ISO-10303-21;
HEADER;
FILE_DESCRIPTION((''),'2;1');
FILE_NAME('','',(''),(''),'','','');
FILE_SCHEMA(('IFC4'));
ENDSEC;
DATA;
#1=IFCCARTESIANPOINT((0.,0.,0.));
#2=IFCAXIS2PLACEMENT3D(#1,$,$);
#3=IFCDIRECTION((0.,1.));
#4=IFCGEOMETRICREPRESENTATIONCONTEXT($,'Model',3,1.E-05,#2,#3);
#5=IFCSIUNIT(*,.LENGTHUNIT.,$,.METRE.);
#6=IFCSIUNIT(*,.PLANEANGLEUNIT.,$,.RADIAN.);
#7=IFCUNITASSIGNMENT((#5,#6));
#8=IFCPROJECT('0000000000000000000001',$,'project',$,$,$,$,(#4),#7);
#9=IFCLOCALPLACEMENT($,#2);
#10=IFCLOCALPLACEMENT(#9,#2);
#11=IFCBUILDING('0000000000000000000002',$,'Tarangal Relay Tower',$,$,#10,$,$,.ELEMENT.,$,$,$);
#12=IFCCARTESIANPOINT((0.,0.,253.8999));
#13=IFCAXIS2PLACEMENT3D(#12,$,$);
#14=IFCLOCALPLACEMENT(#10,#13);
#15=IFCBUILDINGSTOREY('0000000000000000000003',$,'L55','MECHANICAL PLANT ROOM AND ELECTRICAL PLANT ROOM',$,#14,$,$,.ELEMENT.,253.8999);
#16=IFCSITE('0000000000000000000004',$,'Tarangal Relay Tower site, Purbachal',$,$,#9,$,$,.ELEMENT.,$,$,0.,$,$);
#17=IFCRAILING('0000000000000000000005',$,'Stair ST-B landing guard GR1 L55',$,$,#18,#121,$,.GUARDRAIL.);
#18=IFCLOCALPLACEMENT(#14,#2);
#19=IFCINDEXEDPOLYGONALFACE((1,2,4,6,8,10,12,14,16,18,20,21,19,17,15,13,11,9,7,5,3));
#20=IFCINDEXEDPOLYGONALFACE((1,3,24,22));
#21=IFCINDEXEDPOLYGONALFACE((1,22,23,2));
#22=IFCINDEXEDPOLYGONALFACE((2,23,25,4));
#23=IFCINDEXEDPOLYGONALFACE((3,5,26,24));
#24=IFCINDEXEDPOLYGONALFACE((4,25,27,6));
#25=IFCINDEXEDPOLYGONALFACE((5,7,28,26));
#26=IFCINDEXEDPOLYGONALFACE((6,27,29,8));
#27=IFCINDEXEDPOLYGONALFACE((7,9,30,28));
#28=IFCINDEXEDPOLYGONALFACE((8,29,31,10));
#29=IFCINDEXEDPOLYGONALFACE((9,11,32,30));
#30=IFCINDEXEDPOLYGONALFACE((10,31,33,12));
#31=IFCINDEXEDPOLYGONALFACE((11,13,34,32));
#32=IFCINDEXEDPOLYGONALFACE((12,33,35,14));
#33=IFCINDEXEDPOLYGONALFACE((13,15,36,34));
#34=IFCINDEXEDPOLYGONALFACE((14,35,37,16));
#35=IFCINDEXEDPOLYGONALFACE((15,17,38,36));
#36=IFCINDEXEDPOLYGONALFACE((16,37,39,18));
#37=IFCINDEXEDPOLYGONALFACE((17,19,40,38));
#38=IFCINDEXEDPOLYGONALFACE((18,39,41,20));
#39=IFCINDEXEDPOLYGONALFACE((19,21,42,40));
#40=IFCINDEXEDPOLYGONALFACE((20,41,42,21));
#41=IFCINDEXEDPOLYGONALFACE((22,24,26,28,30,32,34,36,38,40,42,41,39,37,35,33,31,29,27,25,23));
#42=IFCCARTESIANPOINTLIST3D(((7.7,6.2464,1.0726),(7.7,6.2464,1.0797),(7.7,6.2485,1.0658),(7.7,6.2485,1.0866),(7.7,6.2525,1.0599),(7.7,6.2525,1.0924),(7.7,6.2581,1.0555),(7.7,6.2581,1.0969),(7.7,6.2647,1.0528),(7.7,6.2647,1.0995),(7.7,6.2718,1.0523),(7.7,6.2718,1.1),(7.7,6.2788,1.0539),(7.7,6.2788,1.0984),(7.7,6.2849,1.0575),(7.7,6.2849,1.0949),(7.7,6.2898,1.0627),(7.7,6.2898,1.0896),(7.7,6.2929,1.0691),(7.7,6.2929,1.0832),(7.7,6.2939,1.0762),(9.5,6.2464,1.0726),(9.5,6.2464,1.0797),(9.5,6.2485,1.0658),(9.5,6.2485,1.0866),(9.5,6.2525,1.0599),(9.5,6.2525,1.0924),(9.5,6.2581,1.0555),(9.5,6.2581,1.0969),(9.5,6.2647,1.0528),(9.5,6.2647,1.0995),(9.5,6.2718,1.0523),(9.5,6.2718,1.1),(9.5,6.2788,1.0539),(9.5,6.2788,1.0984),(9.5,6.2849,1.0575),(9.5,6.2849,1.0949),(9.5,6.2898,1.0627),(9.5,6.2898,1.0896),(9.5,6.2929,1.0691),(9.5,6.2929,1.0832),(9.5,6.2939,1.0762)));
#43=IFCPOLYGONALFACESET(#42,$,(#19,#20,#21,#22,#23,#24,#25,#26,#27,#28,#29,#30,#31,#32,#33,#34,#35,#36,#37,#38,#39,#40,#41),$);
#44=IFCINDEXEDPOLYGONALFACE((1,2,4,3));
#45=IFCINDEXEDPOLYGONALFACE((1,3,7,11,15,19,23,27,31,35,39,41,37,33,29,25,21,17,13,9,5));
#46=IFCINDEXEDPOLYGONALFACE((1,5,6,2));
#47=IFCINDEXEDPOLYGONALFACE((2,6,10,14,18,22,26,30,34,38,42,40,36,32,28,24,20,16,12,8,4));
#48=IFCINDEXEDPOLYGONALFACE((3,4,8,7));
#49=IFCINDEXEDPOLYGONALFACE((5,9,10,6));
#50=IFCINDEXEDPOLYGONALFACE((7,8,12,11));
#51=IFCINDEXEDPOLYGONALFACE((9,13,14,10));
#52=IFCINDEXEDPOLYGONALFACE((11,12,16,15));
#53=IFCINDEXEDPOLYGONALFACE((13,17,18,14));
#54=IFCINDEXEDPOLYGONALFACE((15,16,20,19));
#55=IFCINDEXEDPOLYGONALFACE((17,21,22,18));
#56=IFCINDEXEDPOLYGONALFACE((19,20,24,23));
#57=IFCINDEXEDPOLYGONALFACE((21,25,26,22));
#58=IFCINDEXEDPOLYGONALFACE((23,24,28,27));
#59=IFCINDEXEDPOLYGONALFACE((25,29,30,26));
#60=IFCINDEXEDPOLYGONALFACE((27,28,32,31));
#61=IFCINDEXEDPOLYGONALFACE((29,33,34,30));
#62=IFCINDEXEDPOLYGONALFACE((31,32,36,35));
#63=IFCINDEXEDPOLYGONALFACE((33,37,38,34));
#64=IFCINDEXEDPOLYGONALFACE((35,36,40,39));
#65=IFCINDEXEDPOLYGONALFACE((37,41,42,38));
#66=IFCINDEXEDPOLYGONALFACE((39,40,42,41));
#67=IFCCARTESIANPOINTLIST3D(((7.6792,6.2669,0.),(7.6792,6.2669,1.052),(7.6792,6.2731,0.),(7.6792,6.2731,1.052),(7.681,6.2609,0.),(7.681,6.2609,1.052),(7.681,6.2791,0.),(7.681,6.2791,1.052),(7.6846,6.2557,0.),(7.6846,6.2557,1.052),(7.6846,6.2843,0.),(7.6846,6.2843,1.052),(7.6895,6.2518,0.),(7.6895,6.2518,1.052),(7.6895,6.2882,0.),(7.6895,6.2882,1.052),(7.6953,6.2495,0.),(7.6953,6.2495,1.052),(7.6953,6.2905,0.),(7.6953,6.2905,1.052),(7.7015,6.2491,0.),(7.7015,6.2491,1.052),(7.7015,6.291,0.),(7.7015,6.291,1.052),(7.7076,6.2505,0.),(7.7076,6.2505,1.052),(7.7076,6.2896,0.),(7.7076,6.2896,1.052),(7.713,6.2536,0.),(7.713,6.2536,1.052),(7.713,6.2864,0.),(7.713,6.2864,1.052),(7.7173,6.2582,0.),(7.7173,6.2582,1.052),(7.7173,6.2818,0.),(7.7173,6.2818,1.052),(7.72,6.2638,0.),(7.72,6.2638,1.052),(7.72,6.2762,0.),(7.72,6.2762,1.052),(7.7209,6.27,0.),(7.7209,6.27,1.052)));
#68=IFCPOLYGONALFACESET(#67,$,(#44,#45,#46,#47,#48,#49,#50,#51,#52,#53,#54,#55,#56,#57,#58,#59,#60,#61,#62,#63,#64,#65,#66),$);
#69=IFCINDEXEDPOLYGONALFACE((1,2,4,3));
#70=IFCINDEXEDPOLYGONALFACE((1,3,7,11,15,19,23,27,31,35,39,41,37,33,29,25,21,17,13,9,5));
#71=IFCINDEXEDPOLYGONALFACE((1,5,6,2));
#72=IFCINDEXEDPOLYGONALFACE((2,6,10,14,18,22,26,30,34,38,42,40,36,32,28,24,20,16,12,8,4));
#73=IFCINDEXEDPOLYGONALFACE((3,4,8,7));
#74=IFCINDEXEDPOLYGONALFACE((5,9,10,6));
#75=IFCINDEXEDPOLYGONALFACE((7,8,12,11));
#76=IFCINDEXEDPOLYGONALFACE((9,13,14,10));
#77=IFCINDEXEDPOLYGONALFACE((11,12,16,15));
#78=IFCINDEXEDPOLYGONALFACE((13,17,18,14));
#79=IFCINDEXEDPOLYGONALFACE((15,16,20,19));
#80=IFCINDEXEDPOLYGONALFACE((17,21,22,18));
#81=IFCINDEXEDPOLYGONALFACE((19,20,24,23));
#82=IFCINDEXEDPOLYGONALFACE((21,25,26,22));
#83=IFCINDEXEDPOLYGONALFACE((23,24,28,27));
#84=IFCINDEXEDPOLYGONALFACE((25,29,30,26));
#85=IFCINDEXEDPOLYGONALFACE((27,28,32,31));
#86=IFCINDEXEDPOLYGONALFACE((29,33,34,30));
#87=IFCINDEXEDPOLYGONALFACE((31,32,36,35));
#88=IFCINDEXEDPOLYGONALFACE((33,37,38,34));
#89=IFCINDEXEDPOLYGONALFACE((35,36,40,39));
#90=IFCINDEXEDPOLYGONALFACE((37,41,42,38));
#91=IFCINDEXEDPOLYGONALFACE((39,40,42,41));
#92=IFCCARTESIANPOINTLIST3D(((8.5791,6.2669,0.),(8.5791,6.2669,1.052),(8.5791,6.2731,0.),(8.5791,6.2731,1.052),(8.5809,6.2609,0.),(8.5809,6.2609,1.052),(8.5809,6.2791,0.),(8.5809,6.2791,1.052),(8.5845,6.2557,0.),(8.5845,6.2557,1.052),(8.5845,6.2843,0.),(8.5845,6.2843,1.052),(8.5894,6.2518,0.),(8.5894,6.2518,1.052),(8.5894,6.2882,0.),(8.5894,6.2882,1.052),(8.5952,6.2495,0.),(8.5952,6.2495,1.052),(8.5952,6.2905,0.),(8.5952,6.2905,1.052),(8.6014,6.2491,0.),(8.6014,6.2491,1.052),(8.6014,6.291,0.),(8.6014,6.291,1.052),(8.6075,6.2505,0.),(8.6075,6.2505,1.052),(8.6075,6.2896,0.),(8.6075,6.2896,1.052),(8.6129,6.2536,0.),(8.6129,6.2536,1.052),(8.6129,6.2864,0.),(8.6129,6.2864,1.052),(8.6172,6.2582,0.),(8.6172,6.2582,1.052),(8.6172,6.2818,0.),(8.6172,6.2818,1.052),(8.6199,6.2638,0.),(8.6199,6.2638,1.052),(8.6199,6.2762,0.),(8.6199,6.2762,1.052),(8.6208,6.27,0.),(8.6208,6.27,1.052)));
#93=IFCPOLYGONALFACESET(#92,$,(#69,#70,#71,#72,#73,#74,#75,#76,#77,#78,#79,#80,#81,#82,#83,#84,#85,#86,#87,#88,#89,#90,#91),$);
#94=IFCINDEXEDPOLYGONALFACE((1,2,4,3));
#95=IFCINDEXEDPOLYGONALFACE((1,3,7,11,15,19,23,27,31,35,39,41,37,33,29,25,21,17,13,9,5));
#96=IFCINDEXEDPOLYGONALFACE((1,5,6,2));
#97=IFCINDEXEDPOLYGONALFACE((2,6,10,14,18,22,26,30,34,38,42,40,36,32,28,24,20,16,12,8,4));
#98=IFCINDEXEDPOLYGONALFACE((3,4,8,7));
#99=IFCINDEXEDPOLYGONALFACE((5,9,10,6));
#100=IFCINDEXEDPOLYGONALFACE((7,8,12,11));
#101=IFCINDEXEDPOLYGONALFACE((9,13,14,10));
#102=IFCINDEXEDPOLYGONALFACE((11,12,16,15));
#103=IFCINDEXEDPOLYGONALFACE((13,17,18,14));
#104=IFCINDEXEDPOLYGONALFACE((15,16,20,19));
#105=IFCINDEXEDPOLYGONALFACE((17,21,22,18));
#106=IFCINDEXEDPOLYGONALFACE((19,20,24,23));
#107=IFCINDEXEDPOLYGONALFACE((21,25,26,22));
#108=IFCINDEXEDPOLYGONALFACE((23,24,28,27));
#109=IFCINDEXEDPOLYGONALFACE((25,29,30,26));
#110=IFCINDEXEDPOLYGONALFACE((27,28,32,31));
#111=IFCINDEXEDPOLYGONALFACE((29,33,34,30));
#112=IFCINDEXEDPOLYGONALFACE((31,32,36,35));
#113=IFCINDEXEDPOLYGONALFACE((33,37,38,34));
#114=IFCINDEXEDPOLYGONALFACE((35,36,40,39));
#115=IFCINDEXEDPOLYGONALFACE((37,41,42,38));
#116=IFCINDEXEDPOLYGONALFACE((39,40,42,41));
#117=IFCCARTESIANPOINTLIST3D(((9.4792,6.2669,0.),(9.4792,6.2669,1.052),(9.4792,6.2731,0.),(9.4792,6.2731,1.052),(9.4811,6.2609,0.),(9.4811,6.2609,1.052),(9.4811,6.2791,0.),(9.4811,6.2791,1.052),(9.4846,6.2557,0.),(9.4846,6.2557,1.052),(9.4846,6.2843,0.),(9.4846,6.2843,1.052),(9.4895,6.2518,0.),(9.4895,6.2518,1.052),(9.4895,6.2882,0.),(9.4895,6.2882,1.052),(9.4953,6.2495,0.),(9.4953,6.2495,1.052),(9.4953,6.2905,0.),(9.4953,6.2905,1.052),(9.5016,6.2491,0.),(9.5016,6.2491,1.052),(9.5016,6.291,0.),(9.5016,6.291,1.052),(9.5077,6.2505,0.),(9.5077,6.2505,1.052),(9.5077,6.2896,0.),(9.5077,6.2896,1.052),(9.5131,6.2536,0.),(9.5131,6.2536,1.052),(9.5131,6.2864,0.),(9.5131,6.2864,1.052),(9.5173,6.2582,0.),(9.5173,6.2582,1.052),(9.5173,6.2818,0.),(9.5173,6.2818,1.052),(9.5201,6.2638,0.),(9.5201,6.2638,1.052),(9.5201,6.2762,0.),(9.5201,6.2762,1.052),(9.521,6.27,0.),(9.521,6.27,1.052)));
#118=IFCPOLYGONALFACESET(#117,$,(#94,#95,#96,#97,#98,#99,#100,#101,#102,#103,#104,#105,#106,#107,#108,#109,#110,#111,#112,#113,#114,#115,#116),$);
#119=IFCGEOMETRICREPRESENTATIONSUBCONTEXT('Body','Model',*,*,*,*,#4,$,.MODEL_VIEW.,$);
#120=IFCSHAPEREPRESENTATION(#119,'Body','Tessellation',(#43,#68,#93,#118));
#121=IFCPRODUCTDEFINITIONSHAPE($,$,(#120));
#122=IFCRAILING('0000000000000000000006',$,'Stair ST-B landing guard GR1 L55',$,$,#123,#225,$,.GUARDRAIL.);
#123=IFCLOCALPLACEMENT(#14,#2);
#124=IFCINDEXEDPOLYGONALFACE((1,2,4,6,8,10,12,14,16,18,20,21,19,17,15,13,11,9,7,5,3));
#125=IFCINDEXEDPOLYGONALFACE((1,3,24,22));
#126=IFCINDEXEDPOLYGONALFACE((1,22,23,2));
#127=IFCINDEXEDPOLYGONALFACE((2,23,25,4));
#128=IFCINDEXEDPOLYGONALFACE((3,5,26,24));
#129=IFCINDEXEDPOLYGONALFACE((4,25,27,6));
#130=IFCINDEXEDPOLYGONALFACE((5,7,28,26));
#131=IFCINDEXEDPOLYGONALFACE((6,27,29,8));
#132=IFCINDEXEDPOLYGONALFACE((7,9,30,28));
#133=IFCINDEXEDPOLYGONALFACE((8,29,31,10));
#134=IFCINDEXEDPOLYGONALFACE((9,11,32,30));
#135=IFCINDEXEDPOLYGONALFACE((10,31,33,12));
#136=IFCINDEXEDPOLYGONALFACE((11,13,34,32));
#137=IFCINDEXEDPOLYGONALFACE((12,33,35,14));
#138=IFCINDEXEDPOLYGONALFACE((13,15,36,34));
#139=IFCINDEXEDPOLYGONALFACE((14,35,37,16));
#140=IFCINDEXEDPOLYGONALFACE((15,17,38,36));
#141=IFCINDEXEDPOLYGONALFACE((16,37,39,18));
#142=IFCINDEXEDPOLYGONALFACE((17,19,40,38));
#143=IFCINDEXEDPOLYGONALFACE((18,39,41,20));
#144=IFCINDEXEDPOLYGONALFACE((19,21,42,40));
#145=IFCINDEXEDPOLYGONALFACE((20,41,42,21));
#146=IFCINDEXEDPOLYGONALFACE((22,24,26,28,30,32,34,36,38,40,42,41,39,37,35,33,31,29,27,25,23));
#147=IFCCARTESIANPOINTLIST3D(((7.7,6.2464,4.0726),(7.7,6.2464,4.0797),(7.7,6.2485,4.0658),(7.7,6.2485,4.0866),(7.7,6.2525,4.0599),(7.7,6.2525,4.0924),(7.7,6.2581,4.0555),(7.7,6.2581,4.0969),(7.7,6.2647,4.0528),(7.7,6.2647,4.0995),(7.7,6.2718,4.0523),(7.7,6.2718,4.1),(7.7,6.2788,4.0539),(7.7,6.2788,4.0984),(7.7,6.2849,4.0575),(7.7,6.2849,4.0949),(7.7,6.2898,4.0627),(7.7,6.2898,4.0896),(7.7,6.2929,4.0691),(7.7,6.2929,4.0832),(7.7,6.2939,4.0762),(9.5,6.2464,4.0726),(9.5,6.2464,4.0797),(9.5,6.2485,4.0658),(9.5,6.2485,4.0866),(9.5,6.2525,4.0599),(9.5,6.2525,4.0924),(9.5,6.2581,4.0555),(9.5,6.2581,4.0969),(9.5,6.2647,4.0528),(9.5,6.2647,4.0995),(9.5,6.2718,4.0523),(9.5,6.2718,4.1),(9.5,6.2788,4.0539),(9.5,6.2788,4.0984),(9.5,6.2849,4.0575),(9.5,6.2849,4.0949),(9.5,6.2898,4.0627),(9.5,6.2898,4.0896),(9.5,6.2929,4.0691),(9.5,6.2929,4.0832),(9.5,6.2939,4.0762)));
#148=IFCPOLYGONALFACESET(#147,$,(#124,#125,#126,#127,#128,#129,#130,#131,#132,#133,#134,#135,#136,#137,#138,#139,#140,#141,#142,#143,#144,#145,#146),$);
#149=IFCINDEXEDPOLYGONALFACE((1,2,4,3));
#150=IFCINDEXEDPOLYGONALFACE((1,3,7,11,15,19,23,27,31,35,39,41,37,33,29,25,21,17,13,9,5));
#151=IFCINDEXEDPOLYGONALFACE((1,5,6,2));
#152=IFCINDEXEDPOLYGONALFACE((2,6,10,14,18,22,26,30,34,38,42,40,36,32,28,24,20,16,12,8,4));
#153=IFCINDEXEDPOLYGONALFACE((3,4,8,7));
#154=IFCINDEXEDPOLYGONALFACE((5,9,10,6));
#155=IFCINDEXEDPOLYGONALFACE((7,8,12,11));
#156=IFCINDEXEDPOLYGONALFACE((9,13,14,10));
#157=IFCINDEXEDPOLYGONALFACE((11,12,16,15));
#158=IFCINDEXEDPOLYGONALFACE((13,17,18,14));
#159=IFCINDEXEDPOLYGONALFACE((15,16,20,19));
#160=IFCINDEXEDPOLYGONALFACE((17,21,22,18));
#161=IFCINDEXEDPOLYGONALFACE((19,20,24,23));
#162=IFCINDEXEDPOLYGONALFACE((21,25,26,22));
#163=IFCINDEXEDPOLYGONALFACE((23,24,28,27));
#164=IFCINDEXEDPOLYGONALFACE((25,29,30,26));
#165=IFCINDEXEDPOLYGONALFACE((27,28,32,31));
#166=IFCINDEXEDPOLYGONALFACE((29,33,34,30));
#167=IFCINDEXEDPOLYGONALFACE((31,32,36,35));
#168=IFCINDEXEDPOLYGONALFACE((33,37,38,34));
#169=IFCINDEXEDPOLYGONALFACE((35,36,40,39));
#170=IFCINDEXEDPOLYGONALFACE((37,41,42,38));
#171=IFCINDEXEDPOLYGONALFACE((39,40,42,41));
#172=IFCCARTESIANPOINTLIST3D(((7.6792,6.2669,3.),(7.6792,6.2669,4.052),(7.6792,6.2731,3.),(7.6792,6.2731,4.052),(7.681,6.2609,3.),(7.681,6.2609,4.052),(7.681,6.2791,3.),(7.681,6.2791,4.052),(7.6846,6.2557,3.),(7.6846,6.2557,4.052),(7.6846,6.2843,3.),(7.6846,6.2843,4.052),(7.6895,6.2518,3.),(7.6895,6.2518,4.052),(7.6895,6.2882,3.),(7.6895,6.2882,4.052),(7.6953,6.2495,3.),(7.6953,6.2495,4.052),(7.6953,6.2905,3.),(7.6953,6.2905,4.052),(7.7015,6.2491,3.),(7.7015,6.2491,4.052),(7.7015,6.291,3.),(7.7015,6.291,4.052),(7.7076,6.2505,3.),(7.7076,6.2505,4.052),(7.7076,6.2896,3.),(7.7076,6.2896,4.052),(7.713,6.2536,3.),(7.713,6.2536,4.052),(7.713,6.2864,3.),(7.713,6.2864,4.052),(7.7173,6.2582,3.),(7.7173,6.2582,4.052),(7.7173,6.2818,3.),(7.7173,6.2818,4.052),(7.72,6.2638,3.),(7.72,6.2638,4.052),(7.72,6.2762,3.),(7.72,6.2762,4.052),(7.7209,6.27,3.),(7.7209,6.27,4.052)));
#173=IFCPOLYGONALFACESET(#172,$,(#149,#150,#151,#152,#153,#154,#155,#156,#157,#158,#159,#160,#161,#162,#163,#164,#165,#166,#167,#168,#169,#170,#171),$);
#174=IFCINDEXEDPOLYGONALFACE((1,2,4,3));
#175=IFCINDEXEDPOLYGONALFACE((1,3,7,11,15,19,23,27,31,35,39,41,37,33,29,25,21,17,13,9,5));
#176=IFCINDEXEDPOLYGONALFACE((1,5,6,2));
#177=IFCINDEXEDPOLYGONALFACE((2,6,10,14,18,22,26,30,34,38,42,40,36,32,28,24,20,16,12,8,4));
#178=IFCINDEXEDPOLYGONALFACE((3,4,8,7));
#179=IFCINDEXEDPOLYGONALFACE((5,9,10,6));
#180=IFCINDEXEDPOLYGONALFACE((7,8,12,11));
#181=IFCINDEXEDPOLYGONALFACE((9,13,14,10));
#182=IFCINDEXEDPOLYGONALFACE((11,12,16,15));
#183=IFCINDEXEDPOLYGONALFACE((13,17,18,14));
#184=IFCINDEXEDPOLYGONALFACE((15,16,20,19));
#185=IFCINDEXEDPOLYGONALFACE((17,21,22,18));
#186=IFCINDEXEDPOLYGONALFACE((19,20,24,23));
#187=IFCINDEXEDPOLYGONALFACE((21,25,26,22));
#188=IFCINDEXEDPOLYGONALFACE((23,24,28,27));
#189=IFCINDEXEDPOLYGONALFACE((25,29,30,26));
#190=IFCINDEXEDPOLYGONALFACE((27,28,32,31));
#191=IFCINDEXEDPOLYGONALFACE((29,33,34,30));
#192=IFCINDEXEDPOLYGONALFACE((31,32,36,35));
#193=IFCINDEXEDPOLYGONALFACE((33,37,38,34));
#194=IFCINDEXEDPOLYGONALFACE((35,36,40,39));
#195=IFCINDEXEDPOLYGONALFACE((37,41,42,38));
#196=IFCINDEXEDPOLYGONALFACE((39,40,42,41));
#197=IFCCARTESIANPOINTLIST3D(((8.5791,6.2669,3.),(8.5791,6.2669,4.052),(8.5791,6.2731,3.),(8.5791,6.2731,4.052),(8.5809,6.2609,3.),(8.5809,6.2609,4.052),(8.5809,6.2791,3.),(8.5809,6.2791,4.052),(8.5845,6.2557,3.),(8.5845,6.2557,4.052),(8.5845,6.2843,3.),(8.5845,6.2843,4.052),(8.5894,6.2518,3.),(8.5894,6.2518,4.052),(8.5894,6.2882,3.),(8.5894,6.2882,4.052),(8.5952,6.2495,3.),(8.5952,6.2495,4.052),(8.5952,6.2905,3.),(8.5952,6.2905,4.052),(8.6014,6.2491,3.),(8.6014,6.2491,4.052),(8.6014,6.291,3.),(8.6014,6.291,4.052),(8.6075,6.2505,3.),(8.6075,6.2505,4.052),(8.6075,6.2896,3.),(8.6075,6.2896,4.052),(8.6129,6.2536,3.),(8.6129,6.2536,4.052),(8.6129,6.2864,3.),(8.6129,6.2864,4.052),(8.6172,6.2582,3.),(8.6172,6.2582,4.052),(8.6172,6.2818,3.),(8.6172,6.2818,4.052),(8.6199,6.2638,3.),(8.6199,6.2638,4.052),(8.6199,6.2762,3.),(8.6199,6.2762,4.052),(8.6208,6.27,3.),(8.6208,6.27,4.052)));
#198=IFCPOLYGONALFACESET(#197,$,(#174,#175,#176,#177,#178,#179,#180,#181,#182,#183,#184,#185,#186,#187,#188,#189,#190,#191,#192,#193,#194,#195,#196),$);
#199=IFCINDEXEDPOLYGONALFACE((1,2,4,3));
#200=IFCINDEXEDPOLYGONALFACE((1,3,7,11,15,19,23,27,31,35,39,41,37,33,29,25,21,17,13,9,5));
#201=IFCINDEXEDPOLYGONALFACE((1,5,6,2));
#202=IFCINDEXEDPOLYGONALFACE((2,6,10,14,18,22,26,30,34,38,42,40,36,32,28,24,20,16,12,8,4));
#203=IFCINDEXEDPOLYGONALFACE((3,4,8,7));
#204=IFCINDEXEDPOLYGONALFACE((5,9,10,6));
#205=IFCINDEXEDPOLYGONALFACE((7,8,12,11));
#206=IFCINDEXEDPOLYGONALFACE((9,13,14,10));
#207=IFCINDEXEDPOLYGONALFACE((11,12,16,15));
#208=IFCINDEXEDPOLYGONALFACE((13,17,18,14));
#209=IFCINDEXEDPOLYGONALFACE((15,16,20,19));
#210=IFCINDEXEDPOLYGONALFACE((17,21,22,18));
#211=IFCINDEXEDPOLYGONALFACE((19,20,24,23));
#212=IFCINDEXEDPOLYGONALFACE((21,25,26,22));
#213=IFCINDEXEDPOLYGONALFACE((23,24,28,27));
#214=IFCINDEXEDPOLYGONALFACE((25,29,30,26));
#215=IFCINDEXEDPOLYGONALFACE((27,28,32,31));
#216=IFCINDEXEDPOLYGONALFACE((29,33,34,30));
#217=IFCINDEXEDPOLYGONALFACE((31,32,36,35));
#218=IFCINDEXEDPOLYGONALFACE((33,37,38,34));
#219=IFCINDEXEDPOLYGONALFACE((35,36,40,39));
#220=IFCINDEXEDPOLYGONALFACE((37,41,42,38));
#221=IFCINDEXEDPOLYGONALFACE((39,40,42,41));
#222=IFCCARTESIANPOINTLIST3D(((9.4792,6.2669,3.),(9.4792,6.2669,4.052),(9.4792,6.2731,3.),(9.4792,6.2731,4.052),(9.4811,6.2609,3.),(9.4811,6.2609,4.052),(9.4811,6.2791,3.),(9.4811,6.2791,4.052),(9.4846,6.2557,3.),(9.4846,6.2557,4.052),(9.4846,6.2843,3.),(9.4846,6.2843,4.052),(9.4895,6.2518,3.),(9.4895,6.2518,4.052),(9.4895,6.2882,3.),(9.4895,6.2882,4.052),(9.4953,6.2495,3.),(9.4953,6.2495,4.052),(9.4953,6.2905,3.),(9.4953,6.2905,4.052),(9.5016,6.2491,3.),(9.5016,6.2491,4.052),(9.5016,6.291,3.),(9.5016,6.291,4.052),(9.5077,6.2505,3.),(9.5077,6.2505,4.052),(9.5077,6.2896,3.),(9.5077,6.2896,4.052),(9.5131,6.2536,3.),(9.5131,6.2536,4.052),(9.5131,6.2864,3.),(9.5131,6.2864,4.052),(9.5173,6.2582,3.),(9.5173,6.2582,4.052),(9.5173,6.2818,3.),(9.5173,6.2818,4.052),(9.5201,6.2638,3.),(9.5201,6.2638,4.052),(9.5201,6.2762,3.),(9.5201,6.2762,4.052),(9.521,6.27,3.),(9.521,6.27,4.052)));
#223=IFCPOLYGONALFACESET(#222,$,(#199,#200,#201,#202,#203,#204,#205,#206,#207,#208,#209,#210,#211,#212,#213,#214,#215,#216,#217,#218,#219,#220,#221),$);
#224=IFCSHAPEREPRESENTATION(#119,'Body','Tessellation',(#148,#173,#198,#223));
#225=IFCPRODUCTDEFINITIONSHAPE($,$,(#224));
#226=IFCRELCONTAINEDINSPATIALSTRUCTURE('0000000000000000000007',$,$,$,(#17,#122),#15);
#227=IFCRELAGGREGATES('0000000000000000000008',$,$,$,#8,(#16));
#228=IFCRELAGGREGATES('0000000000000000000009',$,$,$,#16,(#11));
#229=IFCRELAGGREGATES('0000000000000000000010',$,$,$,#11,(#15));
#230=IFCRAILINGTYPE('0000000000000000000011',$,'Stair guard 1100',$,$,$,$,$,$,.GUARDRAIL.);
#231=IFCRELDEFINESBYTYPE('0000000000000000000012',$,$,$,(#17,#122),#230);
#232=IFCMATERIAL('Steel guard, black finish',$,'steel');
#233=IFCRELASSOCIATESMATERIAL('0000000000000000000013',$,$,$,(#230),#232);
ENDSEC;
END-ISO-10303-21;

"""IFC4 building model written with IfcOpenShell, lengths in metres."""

from ifc_helpers import new_model, si_unit, direction, frame, origin, origin_2d, place, context, subcontext, project, spatial, circle, extrude, material, type_object, element, save


model = new_model("IFC4")

# Units and contexts
model_context = context("Model", 3, precision=1e-05, world=origin(), true_north=direction((0.0, 1.0)))
body_context = subcontext(model_context, "Body", "Model", "MODEL_VIEW")
ifc_project = project(units=[si_unit("LENGTHUNIT", "METRE"), si_unit("PLANEANGLEUNIT", "RADIAN")], contexts=[model_context])

# Site, building, storey
site_placement = place(None, origin())
site = spatial("IfcSite", under=ifc_project, at=site_placement, Name="Tarangal Relay Tower site, Purbachal", CompositionType="ELEMENT", RefElevation=0.0)
building_placement = place(site_placement, origin())
building = spatial("IfcBuilding", under=site, at=building_placement, Name="Tarangal Relay Tower", CompositionType="ELEMENT")
storey_placement = place(building_placement, frame((0.0, 0.0, 253.8999)))
storey = spatial("IfcBuildingStorey", under=building, at=storey_placement, Name="L55", Description="MECHANICAL PLANT ROOM AND ELECTRICAL PLANT ROOM", CompositionType="ELEMENT", Elevation=253.8999)

# Railings
ifc_material_1 = material(Name="Steel guard, black finish", Category="steel")
railing_type_1 = type_object("IfcRailingType", Name="Stair guard 1100", PredefinedType="GUARDRAIL", material=ifc_material_1)
for number, where, name in (
    (1, (7.7, 6.27, 0.0), "Stair ST-B landing guard GR1 L55"),
    (2, (7.7, 6.27, 3.0), "Stair ST-B landing guard GR1 L55"),
):
    element("IfcRailing", number, at=place(storey_placement, frame(where)), inside=storey, type_object=railing_type_1, Name=name, PredefinedType="GUARDRAIL", context=body_context, shape_type="SweptSolid", body=[
        extrude(circle(Radius=0.0239, at=origin_2d()), frame((0.0, 0.0, 1.0762), z_axis=(1.0, 0.0, 0.0), x_axis=(0.0, 1.0, 0.0)), (0.0, 0.0, 1.0), 1.8),
        extrude(circle(Radius=0.021, at=origin_2d()), origin(), (0.0, 0.0, 1.0), 1.052),
        extrude(circle(Radius=0.021, at=origin_2d()), frame((0.8999, 0.0, 0.0)), (0.0, 0.0, 1.0), 1.052),
        extrude(circle(Radius=0.021, at=origin_2d()), frame((1.8, 0.0, 0.0)), (0.0, 0.0, 1.0), 1.052),
    ])

save(model, "model.ifc")
